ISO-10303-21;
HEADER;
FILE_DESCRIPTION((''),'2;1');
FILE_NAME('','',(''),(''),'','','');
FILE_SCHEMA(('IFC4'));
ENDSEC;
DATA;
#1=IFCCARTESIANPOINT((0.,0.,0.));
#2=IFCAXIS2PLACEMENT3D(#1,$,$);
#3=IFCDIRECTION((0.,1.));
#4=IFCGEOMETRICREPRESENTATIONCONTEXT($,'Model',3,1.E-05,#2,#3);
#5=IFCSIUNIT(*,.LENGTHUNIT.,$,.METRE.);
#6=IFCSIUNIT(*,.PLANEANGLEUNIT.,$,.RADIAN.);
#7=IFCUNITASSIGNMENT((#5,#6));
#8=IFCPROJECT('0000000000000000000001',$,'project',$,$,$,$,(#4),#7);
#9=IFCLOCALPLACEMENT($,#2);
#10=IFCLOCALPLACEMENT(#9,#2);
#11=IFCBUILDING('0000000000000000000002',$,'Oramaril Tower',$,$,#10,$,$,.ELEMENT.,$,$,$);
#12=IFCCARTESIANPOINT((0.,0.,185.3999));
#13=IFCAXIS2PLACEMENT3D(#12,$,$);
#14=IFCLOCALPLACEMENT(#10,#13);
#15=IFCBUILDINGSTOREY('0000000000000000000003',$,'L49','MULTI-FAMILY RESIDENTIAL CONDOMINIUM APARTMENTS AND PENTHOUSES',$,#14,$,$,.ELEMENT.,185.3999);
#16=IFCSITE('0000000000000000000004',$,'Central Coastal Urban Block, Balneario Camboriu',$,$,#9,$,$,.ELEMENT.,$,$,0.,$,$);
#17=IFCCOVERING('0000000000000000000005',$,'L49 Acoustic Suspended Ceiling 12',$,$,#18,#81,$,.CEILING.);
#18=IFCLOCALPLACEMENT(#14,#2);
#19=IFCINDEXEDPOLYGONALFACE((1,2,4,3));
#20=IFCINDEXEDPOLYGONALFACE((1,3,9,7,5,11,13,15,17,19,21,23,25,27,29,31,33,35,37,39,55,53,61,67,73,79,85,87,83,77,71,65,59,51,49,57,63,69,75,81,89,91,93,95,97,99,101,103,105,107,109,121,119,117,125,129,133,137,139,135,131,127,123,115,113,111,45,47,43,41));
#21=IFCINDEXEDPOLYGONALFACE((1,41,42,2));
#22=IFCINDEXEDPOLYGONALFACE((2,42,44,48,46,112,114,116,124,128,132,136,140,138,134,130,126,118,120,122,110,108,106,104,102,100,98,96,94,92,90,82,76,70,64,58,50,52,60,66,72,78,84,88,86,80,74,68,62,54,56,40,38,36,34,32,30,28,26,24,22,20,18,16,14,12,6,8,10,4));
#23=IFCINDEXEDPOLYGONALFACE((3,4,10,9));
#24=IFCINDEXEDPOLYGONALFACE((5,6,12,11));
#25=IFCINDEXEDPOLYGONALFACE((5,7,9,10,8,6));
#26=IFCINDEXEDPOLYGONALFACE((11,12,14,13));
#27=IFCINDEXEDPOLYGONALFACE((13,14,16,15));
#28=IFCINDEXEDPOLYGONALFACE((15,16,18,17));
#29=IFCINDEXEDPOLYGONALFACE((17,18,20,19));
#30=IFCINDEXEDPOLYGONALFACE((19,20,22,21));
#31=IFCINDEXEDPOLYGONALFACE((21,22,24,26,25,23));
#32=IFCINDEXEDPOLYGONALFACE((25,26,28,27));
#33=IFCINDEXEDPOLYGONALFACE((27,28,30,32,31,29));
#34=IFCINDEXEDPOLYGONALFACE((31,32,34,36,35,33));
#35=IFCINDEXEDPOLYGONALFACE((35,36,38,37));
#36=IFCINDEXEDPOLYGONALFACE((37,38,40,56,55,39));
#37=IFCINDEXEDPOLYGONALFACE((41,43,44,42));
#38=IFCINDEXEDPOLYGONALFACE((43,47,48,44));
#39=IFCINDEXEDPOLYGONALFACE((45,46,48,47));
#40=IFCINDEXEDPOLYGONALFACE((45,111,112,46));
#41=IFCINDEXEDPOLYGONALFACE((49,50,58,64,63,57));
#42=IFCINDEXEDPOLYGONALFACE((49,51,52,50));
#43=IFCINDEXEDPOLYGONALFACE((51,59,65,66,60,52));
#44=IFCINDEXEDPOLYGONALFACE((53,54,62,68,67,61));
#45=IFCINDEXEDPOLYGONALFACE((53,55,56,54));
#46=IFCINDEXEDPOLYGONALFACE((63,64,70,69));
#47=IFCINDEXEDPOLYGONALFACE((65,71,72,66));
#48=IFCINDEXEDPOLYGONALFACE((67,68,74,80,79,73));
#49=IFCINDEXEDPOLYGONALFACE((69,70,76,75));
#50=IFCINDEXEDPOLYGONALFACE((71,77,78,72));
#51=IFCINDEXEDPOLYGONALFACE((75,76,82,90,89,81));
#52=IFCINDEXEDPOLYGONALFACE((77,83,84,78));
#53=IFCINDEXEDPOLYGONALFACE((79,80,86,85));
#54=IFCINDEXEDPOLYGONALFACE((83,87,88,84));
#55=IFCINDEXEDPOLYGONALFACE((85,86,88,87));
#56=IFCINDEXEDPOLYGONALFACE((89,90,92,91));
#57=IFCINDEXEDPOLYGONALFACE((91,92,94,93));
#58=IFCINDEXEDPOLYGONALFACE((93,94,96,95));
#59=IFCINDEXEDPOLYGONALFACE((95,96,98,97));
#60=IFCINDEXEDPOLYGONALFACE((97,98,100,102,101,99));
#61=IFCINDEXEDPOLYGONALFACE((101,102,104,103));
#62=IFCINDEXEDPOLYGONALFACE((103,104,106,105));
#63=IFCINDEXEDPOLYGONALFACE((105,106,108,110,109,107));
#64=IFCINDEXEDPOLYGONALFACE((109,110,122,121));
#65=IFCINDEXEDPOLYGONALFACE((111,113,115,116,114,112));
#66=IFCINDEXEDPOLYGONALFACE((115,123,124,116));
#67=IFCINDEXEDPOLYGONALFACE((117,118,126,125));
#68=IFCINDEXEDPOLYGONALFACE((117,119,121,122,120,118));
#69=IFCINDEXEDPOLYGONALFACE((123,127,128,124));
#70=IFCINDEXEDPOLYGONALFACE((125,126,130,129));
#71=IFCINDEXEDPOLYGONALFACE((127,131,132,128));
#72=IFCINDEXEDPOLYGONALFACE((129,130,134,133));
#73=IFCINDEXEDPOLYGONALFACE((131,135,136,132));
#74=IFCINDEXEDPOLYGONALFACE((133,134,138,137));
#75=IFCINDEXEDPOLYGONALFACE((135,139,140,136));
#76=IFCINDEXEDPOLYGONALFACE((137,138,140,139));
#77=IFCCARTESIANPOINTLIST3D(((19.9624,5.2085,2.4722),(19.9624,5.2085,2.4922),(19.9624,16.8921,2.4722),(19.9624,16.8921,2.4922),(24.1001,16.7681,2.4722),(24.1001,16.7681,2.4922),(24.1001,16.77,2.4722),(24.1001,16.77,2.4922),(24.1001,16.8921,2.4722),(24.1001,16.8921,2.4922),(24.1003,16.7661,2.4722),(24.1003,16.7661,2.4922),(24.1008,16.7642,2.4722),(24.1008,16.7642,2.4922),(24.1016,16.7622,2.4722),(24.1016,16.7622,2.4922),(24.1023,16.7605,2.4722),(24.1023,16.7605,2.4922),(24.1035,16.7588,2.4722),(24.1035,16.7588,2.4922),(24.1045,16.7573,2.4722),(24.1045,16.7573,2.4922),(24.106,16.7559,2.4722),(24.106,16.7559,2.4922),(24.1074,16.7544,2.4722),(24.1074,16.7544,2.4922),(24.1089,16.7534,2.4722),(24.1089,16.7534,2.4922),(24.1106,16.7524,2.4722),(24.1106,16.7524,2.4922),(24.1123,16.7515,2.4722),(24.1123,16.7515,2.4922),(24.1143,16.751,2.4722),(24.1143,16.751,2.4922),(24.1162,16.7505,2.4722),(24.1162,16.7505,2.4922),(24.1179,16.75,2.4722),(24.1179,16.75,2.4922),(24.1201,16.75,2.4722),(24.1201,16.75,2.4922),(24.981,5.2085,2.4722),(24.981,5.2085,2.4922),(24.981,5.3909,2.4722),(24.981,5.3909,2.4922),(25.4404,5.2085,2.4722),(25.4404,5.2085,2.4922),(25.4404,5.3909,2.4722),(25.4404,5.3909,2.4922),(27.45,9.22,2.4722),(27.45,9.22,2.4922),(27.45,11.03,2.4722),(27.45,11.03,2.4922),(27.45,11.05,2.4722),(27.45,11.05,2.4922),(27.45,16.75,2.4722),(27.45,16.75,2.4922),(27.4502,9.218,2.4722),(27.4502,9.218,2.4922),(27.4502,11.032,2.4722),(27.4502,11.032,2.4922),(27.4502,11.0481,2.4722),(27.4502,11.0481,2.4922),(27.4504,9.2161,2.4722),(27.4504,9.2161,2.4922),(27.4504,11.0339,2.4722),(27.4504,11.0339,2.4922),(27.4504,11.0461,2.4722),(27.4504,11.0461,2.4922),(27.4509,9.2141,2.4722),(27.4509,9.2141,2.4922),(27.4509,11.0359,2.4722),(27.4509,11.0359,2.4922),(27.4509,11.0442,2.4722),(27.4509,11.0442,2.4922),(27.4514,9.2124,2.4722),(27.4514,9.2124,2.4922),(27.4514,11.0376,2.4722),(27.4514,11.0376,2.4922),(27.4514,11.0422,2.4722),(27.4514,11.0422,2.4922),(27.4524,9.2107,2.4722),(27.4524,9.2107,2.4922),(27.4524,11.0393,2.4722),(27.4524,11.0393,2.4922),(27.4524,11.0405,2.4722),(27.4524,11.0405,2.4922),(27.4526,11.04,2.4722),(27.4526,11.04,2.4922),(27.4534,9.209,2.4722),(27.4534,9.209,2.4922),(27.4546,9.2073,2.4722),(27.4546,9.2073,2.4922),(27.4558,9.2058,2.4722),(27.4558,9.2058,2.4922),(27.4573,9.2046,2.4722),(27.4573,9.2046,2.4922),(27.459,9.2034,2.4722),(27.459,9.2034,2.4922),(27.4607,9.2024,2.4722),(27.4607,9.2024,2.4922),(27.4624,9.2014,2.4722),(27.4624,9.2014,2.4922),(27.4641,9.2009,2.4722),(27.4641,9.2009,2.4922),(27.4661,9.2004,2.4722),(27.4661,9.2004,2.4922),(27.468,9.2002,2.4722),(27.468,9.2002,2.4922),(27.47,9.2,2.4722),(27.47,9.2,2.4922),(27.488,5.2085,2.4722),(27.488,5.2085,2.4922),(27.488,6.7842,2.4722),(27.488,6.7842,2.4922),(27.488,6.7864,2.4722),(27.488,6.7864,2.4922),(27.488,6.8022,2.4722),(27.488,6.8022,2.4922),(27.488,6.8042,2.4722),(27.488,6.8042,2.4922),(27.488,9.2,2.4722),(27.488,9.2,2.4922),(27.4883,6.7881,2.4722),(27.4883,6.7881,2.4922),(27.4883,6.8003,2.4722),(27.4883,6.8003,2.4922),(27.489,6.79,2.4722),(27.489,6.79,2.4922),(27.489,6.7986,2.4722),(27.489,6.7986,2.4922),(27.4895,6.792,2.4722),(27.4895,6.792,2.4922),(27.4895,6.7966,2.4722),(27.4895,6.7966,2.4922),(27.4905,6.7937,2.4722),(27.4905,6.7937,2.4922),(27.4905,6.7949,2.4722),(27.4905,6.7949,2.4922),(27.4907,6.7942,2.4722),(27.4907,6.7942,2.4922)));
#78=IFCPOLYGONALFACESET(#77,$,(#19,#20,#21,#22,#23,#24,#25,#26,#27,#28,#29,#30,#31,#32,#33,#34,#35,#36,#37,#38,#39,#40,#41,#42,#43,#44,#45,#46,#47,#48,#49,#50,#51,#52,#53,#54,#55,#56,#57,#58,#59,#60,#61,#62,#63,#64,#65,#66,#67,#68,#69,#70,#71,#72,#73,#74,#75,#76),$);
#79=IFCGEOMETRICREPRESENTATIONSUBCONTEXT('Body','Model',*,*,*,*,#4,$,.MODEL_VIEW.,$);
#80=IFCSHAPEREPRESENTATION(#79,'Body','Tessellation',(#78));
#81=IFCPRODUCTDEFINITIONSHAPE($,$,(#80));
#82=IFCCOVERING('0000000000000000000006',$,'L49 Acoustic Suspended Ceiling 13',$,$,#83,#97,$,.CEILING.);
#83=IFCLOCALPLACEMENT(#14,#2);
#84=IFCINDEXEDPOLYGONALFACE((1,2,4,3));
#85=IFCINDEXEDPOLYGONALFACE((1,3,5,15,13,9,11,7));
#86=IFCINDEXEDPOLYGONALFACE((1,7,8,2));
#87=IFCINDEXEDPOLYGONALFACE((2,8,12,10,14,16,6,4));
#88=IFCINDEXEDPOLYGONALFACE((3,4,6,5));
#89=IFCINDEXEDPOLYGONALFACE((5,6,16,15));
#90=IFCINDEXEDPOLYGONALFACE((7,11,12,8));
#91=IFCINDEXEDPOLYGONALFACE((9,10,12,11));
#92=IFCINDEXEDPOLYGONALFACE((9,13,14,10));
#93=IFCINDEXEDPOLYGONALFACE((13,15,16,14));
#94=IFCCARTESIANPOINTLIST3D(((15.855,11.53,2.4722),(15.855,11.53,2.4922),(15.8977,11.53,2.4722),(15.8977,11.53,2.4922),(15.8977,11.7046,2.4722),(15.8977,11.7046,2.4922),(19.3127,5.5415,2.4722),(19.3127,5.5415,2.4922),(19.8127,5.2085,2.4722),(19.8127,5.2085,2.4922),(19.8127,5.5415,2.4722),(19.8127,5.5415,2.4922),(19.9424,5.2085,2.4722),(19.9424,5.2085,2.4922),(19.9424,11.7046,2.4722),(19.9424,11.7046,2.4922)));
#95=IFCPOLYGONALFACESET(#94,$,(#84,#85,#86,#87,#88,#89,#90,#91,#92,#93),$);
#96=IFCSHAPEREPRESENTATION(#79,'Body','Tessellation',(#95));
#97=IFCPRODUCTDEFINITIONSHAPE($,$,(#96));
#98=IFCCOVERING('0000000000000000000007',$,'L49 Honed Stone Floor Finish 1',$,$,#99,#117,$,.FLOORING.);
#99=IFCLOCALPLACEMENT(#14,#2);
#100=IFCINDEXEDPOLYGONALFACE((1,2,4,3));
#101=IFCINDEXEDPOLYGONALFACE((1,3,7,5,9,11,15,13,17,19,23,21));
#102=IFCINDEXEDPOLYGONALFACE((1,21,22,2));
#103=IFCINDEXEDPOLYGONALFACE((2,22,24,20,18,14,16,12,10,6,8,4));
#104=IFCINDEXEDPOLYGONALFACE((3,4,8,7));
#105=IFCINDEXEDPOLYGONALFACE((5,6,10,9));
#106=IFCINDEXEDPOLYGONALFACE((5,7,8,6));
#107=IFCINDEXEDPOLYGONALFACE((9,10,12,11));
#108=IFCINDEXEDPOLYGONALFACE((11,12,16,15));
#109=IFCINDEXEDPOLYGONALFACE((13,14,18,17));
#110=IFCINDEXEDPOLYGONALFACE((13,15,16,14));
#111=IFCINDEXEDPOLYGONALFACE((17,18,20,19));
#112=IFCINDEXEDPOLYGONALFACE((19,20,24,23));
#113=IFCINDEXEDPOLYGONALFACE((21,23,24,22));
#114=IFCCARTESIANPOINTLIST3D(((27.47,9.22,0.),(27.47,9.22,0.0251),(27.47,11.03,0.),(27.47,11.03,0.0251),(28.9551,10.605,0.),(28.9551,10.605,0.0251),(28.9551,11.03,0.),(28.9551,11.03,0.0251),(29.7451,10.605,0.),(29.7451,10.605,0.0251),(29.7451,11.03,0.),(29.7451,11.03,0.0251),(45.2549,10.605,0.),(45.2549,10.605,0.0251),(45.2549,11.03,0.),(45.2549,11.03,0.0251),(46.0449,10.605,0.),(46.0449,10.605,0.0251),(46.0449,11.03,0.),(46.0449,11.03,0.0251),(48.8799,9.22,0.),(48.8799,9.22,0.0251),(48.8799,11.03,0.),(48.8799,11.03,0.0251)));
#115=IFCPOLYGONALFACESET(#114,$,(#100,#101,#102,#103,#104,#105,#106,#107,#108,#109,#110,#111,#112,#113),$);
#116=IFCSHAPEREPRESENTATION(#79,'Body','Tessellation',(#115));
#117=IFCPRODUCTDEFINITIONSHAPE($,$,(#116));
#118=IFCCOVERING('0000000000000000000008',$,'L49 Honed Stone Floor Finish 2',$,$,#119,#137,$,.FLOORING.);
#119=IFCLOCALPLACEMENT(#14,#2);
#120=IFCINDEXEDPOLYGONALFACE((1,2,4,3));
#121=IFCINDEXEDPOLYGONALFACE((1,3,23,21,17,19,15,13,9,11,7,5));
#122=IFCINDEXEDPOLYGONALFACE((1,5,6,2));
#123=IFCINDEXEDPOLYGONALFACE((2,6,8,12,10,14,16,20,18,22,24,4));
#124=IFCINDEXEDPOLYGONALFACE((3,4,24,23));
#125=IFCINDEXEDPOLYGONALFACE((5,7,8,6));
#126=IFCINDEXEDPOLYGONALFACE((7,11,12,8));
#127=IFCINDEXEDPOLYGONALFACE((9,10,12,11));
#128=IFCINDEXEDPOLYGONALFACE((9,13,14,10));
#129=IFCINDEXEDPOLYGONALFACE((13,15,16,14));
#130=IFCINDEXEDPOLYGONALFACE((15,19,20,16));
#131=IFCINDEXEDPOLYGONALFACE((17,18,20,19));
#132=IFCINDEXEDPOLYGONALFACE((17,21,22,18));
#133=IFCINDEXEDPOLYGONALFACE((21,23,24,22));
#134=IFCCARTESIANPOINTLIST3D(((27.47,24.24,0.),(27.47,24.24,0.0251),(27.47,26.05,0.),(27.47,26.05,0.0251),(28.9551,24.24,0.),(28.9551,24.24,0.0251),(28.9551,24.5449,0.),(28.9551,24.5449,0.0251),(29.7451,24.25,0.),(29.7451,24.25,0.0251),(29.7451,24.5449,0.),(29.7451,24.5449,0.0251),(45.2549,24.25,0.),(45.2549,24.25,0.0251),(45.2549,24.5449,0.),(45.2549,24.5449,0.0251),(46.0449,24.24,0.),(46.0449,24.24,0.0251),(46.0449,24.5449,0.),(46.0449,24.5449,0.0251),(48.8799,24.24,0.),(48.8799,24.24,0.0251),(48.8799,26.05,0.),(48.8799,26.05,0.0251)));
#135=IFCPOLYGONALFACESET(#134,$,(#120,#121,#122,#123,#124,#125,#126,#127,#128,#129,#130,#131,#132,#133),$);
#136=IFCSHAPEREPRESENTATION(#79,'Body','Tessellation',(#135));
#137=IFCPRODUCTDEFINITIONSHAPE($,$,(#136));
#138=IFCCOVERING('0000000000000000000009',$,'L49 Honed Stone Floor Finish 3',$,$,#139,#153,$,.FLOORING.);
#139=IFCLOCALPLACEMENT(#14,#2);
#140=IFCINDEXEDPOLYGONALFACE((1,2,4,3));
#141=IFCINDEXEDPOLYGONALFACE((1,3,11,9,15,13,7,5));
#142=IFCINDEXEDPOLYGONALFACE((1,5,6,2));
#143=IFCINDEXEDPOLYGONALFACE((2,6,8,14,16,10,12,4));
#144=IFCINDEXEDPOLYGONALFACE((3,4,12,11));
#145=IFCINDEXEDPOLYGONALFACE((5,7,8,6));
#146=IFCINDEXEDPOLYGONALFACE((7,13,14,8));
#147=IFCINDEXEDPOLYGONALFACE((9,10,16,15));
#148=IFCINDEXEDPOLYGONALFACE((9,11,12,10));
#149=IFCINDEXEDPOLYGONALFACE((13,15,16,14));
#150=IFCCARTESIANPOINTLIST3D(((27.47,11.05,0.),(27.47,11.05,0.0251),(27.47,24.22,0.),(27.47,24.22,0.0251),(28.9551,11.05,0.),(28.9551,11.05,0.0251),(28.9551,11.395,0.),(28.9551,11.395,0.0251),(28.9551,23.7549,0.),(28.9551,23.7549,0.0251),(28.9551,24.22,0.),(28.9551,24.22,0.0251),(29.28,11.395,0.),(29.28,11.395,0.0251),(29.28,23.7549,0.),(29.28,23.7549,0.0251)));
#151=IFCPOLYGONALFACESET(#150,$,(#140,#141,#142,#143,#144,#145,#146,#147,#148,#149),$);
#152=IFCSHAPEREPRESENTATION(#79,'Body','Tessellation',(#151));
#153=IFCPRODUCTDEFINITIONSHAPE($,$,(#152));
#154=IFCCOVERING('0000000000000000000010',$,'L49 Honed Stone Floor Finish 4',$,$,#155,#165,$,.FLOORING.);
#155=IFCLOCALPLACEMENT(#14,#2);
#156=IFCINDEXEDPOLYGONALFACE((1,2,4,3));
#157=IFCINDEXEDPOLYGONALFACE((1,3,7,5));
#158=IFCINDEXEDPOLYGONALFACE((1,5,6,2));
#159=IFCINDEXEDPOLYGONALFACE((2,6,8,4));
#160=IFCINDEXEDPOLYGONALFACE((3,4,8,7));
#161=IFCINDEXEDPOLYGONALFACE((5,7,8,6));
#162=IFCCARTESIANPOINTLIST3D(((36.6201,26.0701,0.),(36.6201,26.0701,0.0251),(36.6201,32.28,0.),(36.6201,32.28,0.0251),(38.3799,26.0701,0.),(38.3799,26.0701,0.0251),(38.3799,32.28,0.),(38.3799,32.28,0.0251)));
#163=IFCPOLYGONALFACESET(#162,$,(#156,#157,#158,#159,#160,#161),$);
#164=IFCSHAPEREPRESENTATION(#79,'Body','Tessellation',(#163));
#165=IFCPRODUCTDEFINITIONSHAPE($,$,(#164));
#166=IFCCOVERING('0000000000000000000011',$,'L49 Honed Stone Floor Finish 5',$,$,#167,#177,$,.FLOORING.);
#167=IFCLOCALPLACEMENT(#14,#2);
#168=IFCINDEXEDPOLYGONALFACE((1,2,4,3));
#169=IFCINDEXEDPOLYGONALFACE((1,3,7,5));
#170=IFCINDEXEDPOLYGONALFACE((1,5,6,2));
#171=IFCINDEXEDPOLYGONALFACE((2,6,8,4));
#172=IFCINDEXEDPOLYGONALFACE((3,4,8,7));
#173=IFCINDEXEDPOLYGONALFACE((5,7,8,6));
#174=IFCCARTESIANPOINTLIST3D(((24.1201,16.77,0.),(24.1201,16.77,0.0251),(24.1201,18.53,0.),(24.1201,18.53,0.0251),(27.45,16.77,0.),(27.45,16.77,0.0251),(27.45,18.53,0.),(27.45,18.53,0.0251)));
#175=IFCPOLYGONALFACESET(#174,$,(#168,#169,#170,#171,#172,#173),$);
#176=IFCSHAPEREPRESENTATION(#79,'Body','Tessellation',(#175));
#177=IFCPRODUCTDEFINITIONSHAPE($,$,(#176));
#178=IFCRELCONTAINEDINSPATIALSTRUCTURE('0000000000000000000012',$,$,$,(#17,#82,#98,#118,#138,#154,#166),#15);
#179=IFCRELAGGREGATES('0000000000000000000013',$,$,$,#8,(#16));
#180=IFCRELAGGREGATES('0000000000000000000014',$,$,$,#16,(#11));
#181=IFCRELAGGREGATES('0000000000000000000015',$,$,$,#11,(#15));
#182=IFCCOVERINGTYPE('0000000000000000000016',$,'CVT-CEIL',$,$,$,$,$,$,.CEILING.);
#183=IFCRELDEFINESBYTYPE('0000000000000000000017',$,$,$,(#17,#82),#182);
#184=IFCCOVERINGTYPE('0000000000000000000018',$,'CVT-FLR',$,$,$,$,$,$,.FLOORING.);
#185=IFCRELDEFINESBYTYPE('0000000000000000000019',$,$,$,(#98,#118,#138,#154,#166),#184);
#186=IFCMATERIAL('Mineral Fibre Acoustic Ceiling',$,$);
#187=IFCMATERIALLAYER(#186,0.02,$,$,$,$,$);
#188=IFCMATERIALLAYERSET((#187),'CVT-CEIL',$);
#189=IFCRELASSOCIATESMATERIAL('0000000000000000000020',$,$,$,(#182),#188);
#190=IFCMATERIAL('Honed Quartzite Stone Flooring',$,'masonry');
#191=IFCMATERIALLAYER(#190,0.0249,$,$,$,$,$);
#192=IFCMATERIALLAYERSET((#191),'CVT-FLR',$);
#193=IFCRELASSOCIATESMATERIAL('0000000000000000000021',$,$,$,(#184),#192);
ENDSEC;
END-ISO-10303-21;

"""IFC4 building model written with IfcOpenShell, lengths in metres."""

from ifc_helpers import new_model, si_unit, direction, frame, origin, place, context, subcontext, project, spatial, polyline, outline, extrude, material, layer, layer_set, type_object, element, save


model = new_model("IFC4")

# Units and contexts
model_context = context("Model", 3, precision=1e-05, world=origin(), true_north=direction((0.0, 1.0)))
body_context = subcontext(model_context, "Body", "Model", "MODEL_VIEW")
ifc_project = project(units=[si_unit("LENGTHUNIT", "METRE"), si_unit("PLANEANGLEUNIT", "RADIAN")], contexts=[model_context])

# Site, building, storey
site_placement = place(None, origin())
site = spatial("IfcSite", under=ifc_project, at=site_placement, Name="Central Coastal Urban Block, Balneario Camboriu", CompositionType="ELEMENT", RefElevation=0.0)
building_placement = place(site_placement, origin())
building = spatial("IfcBuilding", under=site, at=building_placement, Name="Oramaril Tower", CompositionType="ELEMENT")
storey_placement = place(building_placement, frame((0.0, 0.0, 185.3999)))
storey = spatial("IfcBuildingStorey", under=building, at=storey_placement, Name="L49", Description="MULTI-FAMILY RESIDENTIAL CONDOMINIUM APARTMENTS AND PENTHOUSES", CompositionType="ELEMENT", Elevation=185.3999)

# Coverings
ifc_material_1 = material(Name="Mineral Fibre Acoustic Ceiling")
ifc_layer_1 = layer(ifc_material_1, 0.02)
ifc_layer_set_1 = layer_set([ifc_layer_1], Name="CVT-CEIL")
covering_type_1 = type_object("IfcCoveringType", Name="CVT-CEIL", PredefinedType="CEILING", material=ifc_layer_set_1)
covering_1_placement = place(storey_placement, frame((0.0, 0.0, 2.4722)))
element("IfcCovering", 1, at=covering_1_placement, inside=storey, type_object=covering_type_1, Name="L49 Acoustic Suspended Ceiling 12", PredefinedType="CEILING", context=body_context, shape_type="SweptSolid", body=[
    extrude(outline(polyline([(25.4404, 5.3909), (24.981, 5.3909), (24.981, 5.2085), (19.9624, 5.2085), (19.9624, 16.8921), (24.1001, 16.8921), (24.1001, 16.77), (24.1001, 16.7681), (24.1003, 16.7661), (24.1008, 16.7642), (24.1016, 16.7622), (24.1023, 16.7605), (24.1035, 16.7588), (24.1045, 16.7573), (24.106, 16.7559), (24.1074, 16.7544), (24.1089, 16.7534), (24.1106, 16.7524), (24.1123, 16.7515), (24.1143, 16.751), (24.1162, 16.7505), (24.1179, 16.75), (24.1201, 16.75), (27.45, 16.75), (27.45, 11.05), (27.4502, 11.0481), (27.4504, 11.0461), (27.4509, 11.0442), (27.4514, 11.0422), (27.4524, 11.0405), (27.4526, 11.04), (27.4524, 11.0393), (27.4514, 11.0376), (27.4509, 11.0359), (27.4504, 11.0339), (27.4502, 11.032), (27.45, 11.03), (27.45, 9.22), (27.4502, 9.218), (27.4504, 9.2161), (27.4509, 9.2141), (27.4514, 9.2124), (27.4524, 9.2107), (27.4534, 9.209), (27.4546, 9.2073), (27.4558, 9.2058), (27.4573, 9.2046), (27.459, 9.2034), (27.4607, 9.2024), (27.4624, 9.2014), (27.4641, 9.2009), (27.4661, 9.2004), (27.468, 9.2002), (27.47, 9.2), (27.488, 9.2), (27.488, 6.8042), (27.488, 6.8022), (27.4883, 6.8003), (27.489, 6.7986), (27.4895, 6.7966), (27.4905, 6.7949), (27.4907, 6.7942), (27.4905, 6.7937), (27.4895, 6.792), (27.489, 6.79), (27.4883, 6.7881), (27.488, 6.7864), (27.488, 6.7842), (27.488, 5.2085), (25.4404, 5.2085), (25.4404, 5.3909)])), origin(), (0.0, 0.0, 1.0), 0.02),
])
covering_2_placement = place(storey_placement, frame((0.0, 0.0, 2.4722)))
element("IfcCovering", 2, at=covering_2_placement, inside=storey, type_object=covering_type_1, Name="L49 Acoustic Suspended Ceiling 13", PredefinedType="CEILING", context=body_context, shape_type="SweptSolid", body=[
    extrude(outline(polyline([(19.8127, 5.2085), (19.8127, 5.5415), (19.3127, 5.5415), (15.855, 11.53), (15.8977, 11.53), (15.8977, 11.7046), (19.9424, 11.7046), (19.9424, 5.2085), (19.8127, 5.2085)])), origin(), (0.0, 0.0, 1.0), 0.02),
])
ifc_material_2 = material(Name="Honed Quartzite Stone Flooring", Category="masonry")
ifc_layer_2 = layer(ifc_material_2, 0.0249)
ifc_layer_set_2 = layer_set([ifc_layer_2], Name="CVT-FLR")
covering_type_2 = type_object("IfcCoveringType", Name="CVT-FLR", PredefinedType="FLOORING", material=ifc_layer_set_2)
covering_3_placement = place(storey_placement, origin())
element("IfcCovering", 3, at=covering_3_placement, inside=storey, type_object=covering_type_2, Name="L49 Honed Stone Floor Finish 1", PredefinedType="FLOORING", context=body_context, shape_type="SweptSolid", body=[
    extrude(outline(polyline([(28.9551, 10.605), (29.7451, 10.605), (29.7451, 11.03), (45.2549, 11.03), (45.2549, 10.605), (46.0449, 10.605), (46.0449, 11.03), (48.8799, 11.03), (48.8799, 9.22), (27.47, 9.22), (27.47, 11.03), (28.9551, 11.03), (28.9551, 10.605)])), origin(), (0.0, 0.0, 1.0), 0.0251),
])
covering_4_placement = place(storey_placement, origin())
element("IfcCovering", 4, at=covering_4_placement, inside=storey, type_object=covering_type_2, Name="L49 Honed Stone Floor Finish 2", PredefinedType="FLOORING", context=body_context, shape_type="SweptSolid", body=[
    extrude(outline(polyline([(48.8799, 24.24), (46.0449, 24.24), (46.0449, 24.5449), (45.2549, 24.5449), (45.2549, 24.25), (29.7451, 24.25), (29.7451, 24.5449), (28.9551, 24.5449), (28.9551, 24.24), (27.47, 24.24), (27.47, 26.05), (48.8799, 26.05), (48.8799, 24.24)])), origin(), (0.0, 0.0, 1.0), 0.0251),
])
covering_5_placement = place(storey_placement, origin())
element("IfcCovering", 5, at=covering_5_placement, inside=storey, type_object=covering_type_2, Name="L49 Honed Stone Floor Finish 3", PredefinedType="FLOORING", context=body_context, shape_type="SweptSolid", body=[
    extrude(outline(polyline([(28.9551, 23.7549), (29.28, 23.7549), (29.28, 11.395), (28.9551, 11.395), (28.9551, 11.05), (27.47, 11.05), (27.47, 24.22), (28.9551, 24.22), (28.9551, 23.7549)])), origin(), (0.0, 0.0, 1.0), 0.0251),
])
covering_6_placement = place(storey_placement, origin())
element("IfcCovering", 6, at=covering_6_placement, inside=storey, type_object=covering_type_2, Name="L49 Honed Stone Floor Finish 4", PredefinedType="FLOORING", context=body_context, shape_type="SweptSolid", body=[
    extrude(outline(polyline([(38.3799, 26.0701), (36.6201, 26.0701), (36.6201, 32.28), (38.3799, 32.28), (38.3799, 26.0701)])), origin(), (0.0, 0.0, 1.0), 0.0251),
])
covering_7_placement = place(storey_placement, origin())
element("IfcCovering", 7, at=covering_7_placement, inside=storey, type_object=covering_type_2, Name="L49 Honed Stone Floor Finish 5", PredefinedType="FLOORING", context=body_context, shape_type="SweptSolid", body=[
    extrude(outline(polyline([(24.1201, 16.77), (24.1201, 18.53), (27.45, 18.53), (27.45, 16.77), (24.1201, 16.77)])), origin(), (0.0, 0.0, 1.0), 0.0251),
])

save(model, "model.ifc")
